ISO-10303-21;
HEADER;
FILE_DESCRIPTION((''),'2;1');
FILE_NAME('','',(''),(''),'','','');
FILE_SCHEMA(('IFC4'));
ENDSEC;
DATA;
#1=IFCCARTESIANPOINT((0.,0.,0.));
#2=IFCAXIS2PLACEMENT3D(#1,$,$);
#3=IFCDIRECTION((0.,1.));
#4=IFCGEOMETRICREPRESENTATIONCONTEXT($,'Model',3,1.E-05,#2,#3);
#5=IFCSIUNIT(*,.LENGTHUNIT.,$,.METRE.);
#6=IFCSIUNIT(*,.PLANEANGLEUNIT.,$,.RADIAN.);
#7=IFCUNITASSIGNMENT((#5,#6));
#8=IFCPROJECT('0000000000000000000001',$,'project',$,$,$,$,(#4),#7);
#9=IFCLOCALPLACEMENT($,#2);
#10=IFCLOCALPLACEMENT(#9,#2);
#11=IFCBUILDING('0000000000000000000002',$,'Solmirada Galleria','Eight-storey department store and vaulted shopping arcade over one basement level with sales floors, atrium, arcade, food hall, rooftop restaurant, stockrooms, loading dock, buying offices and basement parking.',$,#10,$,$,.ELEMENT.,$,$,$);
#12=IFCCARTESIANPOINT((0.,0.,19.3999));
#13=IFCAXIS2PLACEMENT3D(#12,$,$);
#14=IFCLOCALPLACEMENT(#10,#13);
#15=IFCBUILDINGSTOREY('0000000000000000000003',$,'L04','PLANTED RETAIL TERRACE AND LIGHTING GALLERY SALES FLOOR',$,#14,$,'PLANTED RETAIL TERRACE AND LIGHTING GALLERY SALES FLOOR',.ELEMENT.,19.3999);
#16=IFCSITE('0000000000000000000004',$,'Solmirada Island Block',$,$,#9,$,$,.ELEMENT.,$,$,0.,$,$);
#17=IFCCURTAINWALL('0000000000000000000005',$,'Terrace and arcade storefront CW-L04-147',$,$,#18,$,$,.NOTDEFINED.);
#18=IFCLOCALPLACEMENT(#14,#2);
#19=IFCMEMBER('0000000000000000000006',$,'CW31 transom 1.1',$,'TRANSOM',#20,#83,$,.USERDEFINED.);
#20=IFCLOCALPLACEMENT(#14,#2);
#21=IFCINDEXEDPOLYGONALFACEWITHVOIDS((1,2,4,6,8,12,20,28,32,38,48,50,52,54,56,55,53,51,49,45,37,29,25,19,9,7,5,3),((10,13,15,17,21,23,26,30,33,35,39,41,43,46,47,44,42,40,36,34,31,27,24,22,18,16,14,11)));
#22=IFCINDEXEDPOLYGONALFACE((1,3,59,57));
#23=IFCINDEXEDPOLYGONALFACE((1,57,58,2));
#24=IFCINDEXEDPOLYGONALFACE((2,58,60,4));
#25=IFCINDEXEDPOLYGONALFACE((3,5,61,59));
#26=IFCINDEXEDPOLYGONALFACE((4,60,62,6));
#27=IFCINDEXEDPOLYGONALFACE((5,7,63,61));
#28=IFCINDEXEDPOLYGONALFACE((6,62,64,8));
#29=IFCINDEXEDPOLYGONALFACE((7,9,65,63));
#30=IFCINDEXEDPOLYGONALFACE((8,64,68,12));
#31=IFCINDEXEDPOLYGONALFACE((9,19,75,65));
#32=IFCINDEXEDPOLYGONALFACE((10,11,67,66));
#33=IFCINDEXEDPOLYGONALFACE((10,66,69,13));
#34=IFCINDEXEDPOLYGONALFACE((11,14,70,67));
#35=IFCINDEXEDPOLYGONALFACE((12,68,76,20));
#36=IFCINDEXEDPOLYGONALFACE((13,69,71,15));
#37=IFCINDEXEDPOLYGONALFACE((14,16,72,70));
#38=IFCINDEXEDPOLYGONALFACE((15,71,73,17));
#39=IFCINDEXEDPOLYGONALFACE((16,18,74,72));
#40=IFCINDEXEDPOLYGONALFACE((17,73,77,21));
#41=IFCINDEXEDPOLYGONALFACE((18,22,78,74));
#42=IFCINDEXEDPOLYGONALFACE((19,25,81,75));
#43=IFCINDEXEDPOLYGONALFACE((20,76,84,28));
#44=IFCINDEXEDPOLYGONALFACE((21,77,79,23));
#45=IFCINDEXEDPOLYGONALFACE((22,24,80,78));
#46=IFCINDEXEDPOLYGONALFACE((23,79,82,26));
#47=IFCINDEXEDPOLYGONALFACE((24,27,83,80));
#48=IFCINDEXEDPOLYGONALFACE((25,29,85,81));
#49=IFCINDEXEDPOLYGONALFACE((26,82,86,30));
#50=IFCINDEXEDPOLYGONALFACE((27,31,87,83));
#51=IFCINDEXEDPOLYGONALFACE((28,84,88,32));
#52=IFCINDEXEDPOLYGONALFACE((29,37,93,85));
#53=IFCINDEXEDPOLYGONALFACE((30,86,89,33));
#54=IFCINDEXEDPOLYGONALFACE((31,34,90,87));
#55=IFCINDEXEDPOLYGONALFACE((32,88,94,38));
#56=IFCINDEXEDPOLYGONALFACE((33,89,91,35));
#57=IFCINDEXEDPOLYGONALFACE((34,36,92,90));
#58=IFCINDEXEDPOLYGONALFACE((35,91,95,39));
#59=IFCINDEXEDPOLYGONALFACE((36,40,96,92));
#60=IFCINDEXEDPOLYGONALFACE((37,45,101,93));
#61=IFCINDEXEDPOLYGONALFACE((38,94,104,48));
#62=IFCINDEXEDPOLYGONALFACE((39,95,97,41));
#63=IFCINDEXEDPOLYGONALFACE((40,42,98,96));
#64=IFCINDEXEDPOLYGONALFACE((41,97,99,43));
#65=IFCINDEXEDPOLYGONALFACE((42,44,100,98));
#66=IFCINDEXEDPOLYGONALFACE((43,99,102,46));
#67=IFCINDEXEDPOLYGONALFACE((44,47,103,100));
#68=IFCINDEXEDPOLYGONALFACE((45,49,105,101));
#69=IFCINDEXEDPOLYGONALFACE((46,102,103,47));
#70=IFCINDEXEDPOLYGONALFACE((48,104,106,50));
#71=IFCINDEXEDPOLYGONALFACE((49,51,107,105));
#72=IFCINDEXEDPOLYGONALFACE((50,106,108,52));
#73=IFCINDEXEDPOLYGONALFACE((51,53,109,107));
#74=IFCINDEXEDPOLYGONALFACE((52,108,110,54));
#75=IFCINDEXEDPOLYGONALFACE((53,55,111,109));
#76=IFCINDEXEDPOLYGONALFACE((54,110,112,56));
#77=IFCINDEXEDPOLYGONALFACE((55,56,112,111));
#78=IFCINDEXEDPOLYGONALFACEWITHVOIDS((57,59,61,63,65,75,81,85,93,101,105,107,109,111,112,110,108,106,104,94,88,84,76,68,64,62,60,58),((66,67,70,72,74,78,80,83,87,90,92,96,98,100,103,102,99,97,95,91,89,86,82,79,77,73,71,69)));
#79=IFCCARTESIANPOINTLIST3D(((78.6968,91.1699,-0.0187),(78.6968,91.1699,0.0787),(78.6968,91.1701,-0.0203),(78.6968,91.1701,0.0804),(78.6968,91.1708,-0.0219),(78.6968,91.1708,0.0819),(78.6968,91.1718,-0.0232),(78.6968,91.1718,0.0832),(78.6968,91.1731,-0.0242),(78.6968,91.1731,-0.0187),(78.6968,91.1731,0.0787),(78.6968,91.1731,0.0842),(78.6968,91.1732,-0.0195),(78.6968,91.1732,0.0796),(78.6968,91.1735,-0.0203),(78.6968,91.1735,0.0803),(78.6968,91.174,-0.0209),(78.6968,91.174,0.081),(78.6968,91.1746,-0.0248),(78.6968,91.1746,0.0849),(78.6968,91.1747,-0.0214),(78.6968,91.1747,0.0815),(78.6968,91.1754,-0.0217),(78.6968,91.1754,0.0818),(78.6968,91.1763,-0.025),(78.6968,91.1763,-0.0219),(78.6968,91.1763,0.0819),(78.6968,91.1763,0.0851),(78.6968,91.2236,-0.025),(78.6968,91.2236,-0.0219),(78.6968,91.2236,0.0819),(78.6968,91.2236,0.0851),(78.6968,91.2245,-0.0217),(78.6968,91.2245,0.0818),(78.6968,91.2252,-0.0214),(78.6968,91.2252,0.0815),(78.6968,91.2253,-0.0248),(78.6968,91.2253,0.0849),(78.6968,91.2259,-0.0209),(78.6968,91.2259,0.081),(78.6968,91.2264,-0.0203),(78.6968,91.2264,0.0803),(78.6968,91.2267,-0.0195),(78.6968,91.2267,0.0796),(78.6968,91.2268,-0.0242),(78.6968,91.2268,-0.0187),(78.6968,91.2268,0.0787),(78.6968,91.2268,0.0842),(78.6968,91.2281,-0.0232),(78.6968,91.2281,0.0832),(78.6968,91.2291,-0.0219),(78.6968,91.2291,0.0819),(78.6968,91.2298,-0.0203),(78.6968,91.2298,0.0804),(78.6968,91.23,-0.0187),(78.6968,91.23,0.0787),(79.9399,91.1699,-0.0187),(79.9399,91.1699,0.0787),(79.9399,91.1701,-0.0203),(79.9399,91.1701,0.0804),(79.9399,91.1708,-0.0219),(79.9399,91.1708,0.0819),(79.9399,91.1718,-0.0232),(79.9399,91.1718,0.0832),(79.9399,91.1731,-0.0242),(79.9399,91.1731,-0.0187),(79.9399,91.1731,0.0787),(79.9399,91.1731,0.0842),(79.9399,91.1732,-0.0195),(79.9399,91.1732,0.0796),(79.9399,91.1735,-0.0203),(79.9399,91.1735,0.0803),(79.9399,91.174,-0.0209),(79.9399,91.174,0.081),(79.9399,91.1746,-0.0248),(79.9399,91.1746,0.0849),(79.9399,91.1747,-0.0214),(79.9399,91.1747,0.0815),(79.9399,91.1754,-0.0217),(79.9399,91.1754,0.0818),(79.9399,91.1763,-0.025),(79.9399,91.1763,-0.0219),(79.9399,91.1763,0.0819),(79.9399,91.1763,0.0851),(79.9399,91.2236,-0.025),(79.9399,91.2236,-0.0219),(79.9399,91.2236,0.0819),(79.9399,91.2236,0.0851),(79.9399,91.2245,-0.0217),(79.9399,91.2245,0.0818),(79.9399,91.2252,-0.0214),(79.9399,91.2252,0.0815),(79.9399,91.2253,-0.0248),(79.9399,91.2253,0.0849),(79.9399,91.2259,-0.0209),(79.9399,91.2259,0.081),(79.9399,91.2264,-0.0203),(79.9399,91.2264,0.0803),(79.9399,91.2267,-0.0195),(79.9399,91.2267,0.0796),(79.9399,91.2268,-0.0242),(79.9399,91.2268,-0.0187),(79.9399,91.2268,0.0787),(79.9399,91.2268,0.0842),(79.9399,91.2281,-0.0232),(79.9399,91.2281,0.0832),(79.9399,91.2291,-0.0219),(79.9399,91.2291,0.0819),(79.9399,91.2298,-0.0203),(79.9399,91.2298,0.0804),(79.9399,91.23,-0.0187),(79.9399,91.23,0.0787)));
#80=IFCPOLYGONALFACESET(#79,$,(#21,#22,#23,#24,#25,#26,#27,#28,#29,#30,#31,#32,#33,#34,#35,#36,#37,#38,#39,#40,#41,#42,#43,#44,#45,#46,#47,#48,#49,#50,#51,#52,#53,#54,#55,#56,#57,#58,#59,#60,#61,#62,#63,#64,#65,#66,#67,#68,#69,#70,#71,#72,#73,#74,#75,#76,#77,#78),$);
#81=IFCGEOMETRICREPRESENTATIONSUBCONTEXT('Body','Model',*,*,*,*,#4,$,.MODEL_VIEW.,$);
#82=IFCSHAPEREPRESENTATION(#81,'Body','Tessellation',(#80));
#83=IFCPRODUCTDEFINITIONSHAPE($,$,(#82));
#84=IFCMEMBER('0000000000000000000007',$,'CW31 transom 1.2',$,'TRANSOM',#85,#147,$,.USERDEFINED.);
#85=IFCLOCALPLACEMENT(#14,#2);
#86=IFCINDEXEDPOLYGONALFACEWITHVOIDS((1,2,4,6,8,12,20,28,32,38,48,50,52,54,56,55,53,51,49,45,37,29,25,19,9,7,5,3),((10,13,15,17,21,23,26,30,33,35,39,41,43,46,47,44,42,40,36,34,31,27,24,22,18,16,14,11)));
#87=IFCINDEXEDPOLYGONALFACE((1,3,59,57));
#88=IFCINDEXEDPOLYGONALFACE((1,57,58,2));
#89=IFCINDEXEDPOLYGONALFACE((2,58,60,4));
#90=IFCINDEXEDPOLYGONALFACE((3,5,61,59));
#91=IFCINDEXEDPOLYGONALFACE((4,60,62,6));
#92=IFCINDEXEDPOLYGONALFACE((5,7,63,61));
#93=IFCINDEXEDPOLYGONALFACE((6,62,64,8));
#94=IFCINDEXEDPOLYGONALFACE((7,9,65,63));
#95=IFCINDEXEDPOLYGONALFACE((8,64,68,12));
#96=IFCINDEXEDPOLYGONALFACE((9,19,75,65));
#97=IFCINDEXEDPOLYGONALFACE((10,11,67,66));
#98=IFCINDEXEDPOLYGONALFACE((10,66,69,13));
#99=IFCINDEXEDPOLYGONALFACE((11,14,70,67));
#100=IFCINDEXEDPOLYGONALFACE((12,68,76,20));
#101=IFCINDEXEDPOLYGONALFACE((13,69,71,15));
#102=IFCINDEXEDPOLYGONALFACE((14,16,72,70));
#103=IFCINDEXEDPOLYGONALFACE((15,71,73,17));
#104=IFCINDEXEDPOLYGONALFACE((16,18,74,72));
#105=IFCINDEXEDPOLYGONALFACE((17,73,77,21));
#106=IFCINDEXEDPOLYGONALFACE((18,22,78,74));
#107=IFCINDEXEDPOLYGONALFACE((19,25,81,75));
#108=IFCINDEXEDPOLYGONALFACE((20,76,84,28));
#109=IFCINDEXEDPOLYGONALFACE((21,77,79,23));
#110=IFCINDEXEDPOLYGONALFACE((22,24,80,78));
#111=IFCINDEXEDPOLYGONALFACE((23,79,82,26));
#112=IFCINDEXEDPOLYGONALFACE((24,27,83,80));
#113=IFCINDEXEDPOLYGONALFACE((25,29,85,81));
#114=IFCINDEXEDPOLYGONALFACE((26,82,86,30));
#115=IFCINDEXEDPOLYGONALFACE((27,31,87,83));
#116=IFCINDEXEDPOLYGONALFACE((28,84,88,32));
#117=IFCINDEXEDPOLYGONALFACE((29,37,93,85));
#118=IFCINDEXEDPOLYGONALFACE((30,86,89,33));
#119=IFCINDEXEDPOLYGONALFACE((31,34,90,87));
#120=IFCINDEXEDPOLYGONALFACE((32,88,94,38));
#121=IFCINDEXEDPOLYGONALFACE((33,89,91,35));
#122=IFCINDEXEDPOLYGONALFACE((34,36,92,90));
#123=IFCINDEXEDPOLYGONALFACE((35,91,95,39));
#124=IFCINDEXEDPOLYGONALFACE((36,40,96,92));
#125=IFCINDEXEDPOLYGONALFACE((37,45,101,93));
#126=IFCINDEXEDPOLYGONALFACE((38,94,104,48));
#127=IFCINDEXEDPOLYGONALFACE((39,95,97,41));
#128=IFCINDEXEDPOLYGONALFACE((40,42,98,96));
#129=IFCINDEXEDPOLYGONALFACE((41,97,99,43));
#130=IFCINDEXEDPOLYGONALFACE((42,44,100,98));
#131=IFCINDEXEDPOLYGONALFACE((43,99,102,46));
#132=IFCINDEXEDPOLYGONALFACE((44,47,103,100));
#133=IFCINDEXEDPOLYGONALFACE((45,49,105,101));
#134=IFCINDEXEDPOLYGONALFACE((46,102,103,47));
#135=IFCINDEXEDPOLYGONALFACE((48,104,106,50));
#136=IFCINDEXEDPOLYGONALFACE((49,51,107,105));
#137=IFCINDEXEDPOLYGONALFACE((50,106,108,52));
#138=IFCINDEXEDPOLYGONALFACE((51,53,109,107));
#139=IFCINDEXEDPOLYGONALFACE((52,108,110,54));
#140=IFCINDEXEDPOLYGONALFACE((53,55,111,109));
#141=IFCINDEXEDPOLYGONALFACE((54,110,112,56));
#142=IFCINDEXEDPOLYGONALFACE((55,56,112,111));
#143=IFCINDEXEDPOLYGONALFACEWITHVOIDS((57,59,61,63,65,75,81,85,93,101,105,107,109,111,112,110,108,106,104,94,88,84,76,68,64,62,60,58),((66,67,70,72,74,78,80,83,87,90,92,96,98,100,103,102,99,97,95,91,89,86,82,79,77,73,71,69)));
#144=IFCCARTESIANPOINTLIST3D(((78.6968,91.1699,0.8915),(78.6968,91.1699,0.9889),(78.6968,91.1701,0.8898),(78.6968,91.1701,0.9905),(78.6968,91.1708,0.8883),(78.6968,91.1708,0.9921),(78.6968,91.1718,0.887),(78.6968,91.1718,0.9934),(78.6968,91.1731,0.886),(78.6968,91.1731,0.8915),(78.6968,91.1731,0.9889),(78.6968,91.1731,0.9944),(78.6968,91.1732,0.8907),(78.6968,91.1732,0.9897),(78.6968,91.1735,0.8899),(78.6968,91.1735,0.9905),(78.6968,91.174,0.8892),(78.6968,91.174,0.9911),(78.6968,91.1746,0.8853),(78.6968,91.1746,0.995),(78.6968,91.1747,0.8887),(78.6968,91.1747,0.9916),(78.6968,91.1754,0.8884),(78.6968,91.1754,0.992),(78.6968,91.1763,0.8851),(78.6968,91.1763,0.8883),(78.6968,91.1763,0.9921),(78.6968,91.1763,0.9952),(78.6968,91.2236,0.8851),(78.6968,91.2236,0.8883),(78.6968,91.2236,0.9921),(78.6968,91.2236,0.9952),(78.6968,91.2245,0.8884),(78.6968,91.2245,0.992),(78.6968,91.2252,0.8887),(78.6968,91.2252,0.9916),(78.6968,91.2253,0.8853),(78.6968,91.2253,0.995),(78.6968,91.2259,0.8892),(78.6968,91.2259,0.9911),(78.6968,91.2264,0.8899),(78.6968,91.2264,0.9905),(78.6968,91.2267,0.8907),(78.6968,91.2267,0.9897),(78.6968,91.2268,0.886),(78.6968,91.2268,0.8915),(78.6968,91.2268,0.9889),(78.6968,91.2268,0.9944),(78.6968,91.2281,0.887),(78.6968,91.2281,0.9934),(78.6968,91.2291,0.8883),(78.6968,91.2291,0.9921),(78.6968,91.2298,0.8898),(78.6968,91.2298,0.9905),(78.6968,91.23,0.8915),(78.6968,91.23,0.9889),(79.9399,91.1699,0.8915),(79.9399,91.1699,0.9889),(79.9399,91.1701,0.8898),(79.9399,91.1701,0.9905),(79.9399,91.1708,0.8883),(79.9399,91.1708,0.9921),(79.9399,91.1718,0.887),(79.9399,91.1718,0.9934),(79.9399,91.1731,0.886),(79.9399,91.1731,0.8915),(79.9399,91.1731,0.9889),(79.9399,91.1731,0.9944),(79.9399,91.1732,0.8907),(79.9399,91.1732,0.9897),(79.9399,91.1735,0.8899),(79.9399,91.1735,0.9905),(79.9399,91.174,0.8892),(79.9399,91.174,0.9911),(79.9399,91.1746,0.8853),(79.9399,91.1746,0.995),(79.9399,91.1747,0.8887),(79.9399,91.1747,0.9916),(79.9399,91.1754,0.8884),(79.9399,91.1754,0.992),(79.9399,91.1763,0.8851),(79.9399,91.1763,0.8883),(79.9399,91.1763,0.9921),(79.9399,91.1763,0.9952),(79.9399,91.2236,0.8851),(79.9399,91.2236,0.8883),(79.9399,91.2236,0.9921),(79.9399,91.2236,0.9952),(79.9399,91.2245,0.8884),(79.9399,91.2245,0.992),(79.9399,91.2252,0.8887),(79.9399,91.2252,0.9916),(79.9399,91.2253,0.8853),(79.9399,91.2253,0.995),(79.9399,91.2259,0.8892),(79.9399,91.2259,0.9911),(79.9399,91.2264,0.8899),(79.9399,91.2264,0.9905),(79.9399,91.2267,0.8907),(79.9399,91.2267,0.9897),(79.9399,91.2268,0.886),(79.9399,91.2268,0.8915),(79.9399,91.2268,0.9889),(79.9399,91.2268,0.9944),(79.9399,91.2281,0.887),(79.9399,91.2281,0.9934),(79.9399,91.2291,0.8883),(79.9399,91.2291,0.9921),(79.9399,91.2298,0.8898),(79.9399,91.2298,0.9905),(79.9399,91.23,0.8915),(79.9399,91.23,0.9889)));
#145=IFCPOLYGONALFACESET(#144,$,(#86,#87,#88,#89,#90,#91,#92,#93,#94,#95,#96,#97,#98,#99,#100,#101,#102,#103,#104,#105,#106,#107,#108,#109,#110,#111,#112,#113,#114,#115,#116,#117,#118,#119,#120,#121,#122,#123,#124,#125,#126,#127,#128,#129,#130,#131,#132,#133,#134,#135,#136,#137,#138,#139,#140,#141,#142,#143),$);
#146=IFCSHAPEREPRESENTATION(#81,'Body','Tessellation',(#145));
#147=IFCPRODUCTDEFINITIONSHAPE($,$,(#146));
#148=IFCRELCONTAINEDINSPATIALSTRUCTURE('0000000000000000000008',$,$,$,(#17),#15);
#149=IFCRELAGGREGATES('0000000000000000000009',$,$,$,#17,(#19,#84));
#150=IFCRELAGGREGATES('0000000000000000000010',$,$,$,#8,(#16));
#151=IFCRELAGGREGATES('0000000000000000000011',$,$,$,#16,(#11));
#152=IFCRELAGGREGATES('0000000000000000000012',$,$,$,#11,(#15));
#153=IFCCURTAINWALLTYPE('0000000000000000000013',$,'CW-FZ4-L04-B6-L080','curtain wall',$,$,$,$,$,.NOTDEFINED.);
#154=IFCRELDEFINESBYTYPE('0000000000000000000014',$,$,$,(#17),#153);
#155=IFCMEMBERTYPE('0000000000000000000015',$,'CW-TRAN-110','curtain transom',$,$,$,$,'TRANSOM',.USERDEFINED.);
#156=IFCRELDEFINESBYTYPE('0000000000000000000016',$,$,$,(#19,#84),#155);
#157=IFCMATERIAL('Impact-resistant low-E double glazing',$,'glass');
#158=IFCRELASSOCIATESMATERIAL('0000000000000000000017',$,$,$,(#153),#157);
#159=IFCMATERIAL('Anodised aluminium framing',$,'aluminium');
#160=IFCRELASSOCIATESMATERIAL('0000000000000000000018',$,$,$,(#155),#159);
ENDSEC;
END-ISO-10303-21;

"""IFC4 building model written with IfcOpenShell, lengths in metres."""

from ifc_helpers import new_model, si_unit, direction, frame, origin, origin_2d, place, context, subcontext, project, spatial, hollow_rectangle, extrude, material, material_profile, profile_set, type_object, element, aggregate, save


model = new_model("IFC4")

# Units and contexts
model_context = context("Model", 3, precision=1e-05, world=origin(), true_north=direction((0.0, 1.0)))
body_context = subcontext(model_context, "Body", "Model", "MODEL_VIEW")
ifc_project = project(units=[si_unit("LENGTHUNIT", "METRE"), si_unit("PLANEANGLEUNIT", "RADIAN")], contexts=[model_context])

# Site, building, storey
site_placement = place(None, origin())
site = spatial("IfcSite", under=ifc_project, at=site_placement, Name="Solmirada Island Block", CompositionType="ELEMENT", RefElevation=0.0)
building_placement = place(site_placement, origin())
building = spatial("IfcBuilding", under=site, at=building_placement, Name="Solmirada Galleria", Description="Eight-storey department store and vaulted shopping arcade over one basement level with sales floors, atrium, arcade, food hall, rooftop restaurant, stockrooms, loading dock, buying offices and basement parking.", CompositionType="ELEMENT")
storey_placement = place(building_placement, frame((0.0, 0.0, 19.3999)))
storey = spatial("IfcBuildingStorey", under=building, at=storey_placement, Name="L04", Description="PLANTED RETAIL TERRACE AND LIGHTING GALLERY SALES FLOOR", LongName="PLANTED RETAIL TERRACE AND LIGHTING GALLERY SALES FLOOR", CompositionType="ELEMENT", Elevation=19.3999)

# Curtain wall, members
ifc_material_1 = material(Name="Impact-resistant low-E double glazing", Category="glass")
curtain_wall_type = type_object("IfcCurtainWallType", Name="CW-FZ4-L04-B6-L080", Description="curtain wall", PredefinedType="NOTDEFINED", material=ifc_material_1)
curtain_wall_placement = place(storey_placement, origin())
curtain_wall = element("IfcCurtainWall", 1, at=curtain_wall_placement, inside=storey, type_object=curtain_wall_type, Name="Terrace and arcade storefront CW-L04-147", PredefinedType="NOTDEFINED")
ifc_material_2 = material(Name="Anodised aluminium framing", Category="aluminium")
ifc_material_profile_1 = material_profile(ifc_material_2, hollow_rectangle(XDim=0.0601, YDim=0.1101, WallThickness=0.0032, InnerFilletRadius=0.0032, OuterFilletRadius=0.0063, at=origin_2d()), Name="ALU-TRAN-110X60")
ifc_profile_set_1 = profile_set([ifc_material_profile_1], Name="Anodised aluminium framing")
member_type_1 = type_object("IfcMemberType", Name="CW-TRAN-110", Description="curtain transom", ElementType="TRANSOM", PredefinedType="USERDEFINED", material=ifc_profile_set_1)
member_1_placement = place(storey_placement, frame((79.9399, 91.2, 0.03), z_axis=(-1.0, 0.0, 0.0), x_axis=(0.0, -1.0, 0.0)))
member_1 = element("IfcMember", 2, at=member_1_placement, type_object=member_type_1, Name="CW31 transom 1.1", ObjectType="TRANSOM", PredefinedType="USERDEFINED", context=body_context, shape_type="SweptSolid", body=[
    extrude(hollow_rectangle(XDim=0.0601, YDim=0.1101, WallThickness=0.0032, InnerFilletRadius=0.0032, OuterFilletRadius=0.0063, at=origin_2d()), origin(), (0.0, 0.0, 1.0), 1.2432),
])
member_2_placement = place(storey_placement, frame((79.9399, 91.2, 0.9402), z_axis=(-1.0, 0.0, 0.0), x_axis=(0.0, -1.0, 0.0)))
member_2 = element("IfcMember", 3, at=member_2_placement, type_object=member_type_1, Name="CW31 transom 1.2", ObjectType="TRANSOM", PredefinedType="USERDEFINED", context=body_context, shape_type="SweptSolid", body=[
    extrude(hollow_rectangle(XDim=0.0601, YDim=0.1101, WallThickness=0.0032, InnerFilletRadius=0.0032, OuterFilletRadius=0.0063, at=origin_2d()), origin(), (0.0, 0.0, 1.0), 1.2432),
])
aggregate(curtain_wall, [member_1, member_2])

save(model, "model.ifc")
